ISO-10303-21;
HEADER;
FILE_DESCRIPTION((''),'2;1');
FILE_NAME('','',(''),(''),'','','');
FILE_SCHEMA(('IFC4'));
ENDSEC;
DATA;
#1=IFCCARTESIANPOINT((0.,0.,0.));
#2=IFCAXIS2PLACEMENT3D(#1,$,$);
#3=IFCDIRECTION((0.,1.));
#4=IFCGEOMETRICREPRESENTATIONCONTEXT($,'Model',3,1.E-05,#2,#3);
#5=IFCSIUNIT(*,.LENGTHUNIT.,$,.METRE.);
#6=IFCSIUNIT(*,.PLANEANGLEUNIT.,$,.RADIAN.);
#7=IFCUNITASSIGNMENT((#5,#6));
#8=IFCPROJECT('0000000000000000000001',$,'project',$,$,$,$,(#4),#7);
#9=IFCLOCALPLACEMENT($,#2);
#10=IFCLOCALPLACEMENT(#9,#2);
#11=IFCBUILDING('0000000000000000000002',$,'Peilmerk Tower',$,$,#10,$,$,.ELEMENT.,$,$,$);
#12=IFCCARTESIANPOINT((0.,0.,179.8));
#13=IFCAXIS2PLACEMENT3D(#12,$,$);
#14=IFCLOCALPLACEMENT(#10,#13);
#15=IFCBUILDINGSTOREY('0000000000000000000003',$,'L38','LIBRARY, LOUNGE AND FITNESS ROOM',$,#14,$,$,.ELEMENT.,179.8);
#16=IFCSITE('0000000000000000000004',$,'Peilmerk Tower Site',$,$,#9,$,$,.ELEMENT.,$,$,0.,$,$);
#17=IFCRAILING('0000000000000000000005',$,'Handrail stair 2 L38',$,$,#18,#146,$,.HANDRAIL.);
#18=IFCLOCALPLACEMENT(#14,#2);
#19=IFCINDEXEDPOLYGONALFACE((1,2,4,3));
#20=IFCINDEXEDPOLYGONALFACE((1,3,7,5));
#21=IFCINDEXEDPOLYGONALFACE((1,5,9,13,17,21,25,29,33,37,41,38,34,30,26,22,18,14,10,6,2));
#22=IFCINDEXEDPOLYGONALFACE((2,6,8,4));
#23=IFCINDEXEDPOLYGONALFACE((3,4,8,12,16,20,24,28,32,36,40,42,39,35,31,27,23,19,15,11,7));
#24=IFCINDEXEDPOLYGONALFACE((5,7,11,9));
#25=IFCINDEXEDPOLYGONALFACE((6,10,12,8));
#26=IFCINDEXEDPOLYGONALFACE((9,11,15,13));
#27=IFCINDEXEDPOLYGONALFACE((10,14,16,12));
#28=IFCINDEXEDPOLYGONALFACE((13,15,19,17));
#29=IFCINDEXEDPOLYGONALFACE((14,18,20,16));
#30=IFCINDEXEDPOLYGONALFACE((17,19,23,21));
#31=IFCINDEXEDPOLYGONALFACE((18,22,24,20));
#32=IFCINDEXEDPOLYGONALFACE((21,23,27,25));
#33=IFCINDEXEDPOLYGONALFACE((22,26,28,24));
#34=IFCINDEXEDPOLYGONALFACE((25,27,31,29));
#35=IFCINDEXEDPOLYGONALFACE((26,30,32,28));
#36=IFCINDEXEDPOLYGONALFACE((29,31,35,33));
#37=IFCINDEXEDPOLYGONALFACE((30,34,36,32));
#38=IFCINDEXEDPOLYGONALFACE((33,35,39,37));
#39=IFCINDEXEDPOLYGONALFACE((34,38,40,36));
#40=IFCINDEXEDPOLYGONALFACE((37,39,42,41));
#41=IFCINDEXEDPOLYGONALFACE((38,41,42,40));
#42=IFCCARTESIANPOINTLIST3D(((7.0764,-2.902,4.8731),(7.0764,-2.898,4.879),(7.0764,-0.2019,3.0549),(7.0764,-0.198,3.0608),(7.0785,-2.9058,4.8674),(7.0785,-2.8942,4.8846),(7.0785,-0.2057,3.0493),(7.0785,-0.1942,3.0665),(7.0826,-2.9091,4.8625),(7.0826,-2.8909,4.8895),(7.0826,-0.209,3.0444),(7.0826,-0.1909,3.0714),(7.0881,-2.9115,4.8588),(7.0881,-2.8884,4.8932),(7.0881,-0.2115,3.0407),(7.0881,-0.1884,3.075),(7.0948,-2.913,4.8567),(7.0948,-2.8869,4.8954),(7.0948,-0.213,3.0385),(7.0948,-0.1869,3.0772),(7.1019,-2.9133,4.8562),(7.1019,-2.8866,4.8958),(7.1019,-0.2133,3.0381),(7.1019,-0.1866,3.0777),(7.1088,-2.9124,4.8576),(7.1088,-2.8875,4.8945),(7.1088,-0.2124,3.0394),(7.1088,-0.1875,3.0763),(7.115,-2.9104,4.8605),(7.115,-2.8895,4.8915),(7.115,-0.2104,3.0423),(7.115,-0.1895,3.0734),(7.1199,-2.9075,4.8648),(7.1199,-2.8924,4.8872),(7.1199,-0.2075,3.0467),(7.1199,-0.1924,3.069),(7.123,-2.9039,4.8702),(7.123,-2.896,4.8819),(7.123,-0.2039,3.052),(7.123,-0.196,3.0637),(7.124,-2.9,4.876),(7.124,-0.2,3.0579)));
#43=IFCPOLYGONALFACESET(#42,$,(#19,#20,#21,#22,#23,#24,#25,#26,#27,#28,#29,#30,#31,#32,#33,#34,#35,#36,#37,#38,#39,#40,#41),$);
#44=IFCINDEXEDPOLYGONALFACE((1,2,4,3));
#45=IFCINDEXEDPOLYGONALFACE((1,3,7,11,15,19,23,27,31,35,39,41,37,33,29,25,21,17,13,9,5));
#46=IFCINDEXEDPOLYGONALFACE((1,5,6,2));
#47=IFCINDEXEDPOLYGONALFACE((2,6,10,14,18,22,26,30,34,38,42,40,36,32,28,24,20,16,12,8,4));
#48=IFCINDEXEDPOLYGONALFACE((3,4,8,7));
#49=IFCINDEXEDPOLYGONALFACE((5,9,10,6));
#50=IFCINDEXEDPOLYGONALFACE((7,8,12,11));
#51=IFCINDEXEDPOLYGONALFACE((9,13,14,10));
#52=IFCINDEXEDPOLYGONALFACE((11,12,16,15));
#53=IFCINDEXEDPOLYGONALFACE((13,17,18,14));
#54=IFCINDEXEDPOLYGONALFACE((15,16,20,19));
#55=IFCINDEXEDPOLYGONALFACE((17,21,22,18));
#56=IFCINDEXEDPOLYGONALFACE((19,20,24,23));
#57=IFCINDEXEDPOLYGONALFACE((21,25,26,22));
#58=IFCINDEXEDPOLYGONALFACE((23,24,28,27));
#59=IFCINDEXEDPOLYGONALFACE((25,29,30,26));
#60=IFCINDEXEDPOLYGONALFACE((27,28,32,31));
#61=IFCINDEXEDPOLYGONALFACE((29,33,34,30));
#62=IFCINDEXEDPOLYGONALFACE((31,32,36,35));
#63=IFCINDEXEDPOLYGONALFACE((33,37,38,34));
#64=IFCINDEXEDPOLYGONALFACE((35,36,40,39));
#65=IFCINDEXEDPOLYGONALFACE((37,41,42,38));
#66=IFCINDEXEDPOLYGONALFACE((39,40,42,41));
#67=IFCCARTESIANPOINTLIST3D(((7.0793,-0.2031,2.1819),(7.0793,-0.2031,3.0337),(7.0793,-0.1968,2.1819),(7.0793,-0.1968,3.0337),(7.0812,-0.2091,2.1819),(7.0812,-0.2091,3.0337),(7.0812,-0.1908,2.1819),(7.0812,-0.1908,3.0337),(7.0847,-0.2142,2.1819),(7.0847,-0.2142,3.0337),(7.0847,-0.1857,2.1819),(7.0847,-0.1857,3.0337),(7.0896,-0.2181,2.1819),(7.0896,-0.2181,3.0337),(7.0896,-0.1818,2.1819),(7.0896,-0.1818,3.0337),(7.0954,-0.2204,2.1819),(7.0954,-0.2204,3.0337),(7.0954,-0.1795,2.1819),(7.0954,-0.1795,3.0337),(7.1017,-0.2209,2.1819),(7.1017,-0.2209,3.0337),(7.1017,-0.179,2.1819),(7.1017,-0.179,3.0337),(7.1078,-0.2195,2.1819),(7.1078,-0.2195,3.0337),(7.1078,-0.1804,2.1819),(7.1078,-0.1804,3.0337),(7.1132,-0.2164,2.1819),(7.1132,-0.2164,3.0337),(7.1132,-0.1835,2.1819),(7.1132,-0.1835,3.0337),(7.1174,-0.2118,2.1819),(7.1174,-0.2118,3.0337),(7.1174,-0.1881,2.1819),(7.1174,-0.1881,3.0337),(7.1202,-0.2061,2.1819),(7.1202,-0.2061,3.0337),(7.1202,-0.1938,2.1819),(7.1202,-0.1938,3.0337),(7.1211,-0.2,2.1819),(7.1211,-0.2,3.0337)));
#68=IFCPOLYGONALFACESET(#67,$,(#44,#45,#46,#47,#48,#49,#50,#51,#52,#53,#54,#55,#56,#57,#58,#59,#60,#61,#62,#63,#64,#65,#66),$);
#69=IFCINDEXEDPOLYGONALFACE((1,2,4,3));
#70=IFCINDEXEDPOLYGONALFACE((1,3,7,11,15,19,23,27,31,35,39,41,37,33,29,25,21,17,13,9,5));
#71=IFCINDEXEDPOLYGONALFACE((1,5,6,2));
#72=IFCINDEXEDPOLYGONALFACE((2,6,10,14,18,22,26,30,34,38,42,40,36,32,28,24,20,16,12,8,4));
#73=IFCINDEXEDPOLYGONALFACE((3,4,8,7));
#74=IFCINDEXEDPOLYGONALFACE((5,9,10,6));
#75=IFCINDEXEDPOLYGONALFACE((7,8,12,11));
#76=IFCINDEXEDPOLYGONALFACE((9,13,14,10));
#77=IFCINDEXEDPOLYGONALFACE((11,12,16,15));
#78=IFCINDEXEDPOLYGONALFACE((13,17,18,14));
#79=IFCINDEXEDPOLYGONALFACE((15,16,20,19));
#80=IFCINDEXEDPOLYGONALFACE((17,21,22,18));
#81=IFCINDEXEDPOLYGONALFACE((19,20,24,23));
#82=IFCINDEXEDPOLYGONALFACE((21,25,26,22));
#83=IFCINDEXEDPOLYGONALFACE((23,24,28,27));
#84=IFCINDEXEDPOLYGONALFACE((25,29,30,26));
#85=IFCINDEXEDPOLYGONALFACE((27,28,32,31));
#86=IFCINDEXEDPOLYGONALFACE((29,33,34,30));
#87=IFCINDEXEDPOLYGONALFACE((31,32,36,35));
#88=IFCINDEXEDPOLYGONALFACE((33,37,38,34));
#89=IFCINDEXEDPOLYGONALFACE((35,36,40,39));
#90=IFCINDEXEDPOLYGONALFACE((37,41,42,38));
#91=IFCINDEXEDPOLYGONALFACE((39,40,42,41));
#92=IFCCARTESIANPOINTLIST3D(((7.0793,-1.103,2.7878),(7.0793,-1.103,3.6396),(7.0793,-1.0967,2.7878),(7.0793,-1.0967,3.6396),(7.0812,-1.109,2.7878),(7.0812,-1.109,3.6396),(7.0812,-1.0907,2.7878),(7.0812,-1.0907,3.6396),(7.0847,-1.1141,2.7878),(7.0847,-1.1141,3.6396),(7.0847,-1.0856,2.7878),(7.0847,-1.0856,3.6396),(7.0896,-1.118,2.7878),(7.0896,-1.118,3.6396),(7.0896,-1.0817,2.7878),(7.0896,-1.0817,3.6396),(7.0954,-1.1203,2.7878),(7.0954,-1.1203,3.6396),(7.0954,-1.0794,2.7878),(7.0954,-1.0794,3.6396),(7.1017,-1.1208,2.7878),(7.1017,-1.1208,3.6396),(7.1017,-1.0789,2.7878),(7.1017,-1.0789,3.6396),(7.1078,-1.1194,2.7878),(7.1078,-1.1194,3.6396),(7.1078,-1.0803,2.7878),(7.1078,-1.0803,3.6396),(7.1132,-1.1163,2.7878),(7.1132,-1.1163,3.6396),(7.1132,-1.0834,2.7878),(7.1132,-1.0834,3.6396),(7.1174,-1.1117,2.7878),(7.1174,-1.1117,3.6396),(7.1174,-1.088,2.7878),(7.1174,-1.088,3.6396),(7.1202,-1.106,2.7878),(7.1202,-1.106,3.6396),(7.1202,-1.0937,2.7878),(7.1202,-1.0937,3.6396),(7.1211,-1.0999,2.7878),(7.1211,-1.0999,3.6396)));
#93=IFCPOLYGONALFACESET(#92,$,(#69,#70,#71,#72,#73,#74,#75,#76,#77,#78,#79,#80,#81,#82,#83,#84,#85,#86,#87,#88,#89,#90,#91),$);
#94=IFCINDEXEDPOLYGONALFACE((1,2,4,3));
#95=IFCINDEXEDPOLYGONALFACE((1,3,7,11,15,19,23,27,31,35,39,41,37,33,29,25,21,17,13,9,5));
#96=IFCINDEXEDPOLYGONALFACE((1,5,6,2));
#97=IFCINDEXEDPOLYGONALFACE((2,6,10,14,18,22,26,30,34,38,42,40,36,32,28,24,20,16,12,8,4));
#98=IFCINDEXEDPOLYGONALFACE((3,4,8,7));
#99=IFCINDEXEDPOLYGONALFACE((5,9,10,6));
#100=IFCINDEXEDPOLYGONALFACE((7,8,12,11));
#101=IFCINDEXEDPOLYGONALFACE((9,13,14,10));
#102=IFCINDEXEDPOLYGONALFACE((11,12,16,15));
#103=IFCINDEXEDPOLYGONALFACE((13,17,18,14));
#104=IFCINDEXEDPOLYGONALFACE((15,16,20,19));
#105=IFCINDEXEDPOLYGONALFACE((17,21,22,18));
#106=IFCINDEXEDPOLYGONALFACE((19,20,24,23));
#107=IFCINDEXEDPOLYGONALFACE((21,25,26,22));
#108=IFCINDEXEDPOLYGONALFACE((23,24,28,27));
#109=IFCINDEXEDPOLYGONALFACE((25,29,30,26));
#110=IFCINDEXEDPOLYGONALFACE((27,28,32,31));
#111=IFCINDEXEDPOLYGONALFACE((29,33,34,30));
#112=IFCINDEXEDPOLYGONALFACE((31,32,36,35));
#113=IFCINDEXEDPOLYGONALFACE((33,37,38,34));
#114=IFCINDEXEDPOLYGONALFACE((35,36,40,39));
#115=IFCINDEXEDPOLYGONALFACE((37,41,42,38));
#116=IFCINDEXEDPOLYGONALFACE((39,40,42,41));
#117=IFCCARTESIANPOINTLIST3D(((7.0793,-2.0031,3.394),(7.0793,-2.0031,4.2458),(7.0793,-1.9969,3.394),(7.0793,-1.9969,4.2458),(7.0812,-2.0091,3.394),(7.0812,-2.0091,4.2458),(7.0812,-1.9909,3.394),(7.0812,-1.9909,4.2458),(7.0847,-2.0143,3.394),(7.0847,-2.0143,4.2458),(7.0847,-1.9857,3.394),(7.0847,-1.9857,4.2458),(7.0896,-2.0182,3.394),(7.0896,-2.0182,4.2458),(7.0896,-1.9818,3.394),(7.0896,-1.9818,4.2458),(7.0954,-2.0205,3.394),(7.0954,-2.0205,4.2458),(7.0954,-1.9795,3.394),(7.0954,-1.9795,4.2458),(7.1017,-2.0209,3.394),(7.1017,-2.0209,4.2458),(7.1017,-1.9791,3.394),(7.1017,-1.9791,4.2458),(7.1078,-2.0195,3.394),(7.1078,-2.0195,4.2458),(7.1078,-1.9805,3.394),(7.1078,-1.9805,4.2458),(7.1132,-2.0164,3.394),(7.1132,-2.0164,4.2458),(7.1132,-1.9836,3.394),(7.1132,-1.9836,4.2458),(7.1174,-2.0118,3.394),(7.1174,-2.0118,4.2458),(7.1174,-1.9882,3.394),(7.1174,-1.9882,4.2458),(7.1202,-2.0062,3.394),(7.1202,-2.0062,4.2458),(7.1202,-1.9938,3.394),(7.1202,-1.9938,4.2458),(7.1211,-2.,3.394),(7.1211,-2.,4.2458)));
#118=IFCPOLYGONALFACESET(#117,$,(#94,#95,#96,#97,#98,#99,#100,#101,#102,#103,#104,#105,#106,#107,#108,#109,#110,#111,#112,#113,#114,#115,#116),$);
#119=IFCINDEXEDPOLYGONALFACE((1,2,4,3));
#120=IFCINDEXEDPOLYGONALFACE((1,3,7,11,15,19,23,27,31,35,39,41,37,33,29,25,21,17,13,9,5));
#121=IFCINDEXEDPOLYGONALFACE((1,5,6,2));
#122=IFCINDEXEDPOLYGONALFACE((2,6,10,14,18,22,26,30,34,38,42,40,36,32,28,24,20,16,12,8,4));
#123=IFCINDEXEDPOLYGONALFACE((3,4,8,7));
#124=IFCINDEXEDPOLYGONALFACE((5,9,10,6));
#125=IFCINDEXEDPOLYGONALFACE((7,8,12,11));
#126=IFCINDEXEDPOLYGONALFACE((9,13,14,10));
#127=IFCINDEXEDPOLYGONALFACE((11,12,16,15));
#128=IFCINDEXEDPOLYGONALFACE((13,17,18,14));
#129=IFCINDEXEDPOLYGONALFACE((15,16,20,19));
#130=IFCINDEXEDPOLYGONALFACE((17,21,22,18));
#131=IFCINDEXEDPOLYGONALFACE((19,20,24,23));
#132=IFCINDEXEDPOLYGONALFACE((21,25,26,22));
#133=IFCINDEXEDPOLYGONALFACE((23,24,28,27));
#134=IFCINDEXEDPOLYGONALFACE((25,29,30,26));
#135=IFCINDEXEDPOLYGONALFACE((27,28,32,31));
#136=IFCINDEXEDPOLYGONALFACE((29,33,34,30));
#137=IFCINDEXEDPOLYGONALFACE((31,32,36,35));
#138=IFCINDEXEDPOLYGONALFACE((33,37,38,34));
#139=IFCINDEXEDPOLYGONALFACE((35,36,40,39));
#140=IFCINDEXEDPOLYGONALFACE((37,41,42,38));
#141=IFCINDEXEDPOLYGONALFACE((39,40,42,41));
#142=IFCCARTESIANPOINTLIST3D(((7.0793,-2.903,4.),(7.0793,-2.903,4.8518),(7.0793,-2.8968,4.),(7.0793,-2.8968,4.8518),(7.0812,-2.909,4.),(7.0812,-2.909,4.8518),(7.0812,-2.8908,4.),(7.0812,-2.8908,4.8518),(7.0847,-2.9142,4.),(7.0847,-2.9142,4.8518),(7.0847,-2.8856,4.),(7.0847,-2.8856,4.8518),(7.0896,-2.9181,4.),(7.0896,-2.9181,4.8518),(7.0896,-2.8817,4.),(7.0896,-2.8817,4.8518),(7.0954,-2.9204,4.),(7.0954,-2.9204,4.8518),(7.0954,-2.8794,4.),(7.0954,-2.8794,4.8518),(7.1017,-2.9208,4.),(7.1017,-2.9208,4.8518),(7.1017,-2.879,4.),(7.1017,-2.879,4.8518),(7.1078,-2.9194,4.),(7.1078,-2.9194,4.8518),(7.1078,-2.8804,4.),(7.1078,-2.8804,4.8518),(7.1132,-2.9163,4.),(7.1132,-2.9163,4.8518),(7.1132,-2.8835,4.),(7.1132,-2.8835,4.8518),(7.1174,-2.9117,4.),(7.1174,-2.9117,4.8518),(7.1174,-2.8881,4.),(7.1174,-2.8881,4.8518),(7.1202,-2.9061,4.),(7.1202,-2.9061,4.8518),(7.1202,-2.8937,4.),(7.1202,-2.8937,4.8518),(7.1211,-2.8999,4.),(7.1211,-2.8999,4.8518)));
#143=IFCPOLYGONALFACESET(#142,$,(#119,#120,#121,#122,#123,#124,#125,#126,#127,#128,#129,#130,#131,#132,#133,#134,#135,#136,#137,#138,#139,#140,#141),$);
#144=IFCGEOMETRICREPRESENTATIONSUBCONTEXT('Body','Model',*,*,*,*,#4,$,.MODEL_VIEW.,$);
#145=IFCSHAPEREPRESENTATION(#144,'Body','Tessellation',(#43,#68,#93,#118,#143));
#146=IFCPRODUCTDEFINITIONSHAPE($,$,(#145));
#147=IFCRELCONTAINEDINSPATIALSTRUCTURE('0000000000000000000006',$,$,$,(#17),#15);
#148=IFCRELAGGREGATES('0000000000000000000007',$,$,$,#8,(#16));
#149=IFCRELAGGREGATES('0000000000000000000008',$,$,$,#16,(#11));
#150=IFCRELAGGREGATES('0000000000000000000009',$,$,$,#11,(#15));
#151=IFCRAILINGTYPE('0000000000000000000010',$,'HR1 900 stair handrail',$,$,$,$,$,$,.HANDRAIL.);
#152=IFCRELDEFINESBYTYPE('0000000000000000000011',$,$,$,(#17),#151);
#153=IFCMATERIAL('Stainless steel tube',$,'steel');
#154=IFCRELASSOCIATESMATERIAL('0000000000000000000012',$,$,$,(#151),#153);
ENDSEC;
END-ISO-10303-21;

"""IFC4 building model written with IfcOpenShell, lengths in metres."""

from ifc_helpers import new_model, si_unit, direction, frame, origin, origin_2d, place, context, subcontext, project, spatial, circle, extrude, material, type_object, element, save


model = new_model("IFC4")

# Units and contexts
model_context = context("Model", 3, precision=1e-05, world=origin(), true_north=direction((0.0, 1.0)))
body_context = subcontext(model_context, "Body", "Model", "MODEL_VIEW")
ifc_project = project(units=[si_unit("LENGTHUNIT", "METRE"), si_unit("PLANEANGLEUNIT", "RADIAN")], contexts=[model_context])

# Site, building, storey
site_placement = place(None, origin())
site = spatial("IfcSite", under=ifc_project, at=site_placement, Name="Peilmerk Tower Site", CompositionType="ELEMENT", RefElevation=0.0)
building_placement = place(site_placement, origin())
building = spatial("IfcBuilding", under=site, at=building_placement, Name="Peilmerk Tower", CompositionType="ELEMENT")
storey_placement = place(building_placement, frame((0.0, 0.0, 179.8)))
storey = spatial("IfcBuildingStorey", under=building, at=storey_placement, Name="L38", Description="LIBRARY, LOUNGE AND FITNESS ROOM", CompositionType="ELEMENT", Elevation=179.8)

# Railing
ifc_material_1 = material(Name="Stainless steel tube", Category="steel")
railing_type_1 = type_object("IfcRailingType", Name="HR1 900 stair handrail", PredefinedType="HANDRAIL", material=ifc_material_1)
railing_1_placement = place(storey_placement, frame((7.1001, -0.2, 2.1819)))
element("IfcRailing", 1, at=railing_1_placement, inside=storey, type_object=railing_type_1, Name="Handrail stair 2 L38", PredefinedType="HANDRAIL", context=body_context, shape_type="SweptSolid", body=[
    extrude(circle(Radius=0.0239, at=origin_2d()), frame((0.0, 0.0, 0.876), z_axis=(0.0, -0.829468, 0.558554), x_axis=(1.0, 0.0, 0.0)), (0.0, 0.0, 1.0), 3.2551),
    extrude(circle(Radius=0.021, at=origin_2d()), origin(), (0.0, 0.0, 1.0), 0.8518),
    extrude(circle(Radius=0.021, at=origin_2d()), frame((0.0, -0.8999, 0.606)), (0.0, 0.0, 1.0), 0.8518),
    extrude(circle(Radius=0.021, at=origin_2d()), frame((0.0, -1.8, 1.2122)), (0.0, 0.0, 1.0), 0.8518),
    extrude(circle(Radius=0.021, at=origin_2d()), frame((0.0, -2.7, 1.8181)), (0.0, 0.0, 1.0), 0.8518),
])

save(model, "model.ifc")
